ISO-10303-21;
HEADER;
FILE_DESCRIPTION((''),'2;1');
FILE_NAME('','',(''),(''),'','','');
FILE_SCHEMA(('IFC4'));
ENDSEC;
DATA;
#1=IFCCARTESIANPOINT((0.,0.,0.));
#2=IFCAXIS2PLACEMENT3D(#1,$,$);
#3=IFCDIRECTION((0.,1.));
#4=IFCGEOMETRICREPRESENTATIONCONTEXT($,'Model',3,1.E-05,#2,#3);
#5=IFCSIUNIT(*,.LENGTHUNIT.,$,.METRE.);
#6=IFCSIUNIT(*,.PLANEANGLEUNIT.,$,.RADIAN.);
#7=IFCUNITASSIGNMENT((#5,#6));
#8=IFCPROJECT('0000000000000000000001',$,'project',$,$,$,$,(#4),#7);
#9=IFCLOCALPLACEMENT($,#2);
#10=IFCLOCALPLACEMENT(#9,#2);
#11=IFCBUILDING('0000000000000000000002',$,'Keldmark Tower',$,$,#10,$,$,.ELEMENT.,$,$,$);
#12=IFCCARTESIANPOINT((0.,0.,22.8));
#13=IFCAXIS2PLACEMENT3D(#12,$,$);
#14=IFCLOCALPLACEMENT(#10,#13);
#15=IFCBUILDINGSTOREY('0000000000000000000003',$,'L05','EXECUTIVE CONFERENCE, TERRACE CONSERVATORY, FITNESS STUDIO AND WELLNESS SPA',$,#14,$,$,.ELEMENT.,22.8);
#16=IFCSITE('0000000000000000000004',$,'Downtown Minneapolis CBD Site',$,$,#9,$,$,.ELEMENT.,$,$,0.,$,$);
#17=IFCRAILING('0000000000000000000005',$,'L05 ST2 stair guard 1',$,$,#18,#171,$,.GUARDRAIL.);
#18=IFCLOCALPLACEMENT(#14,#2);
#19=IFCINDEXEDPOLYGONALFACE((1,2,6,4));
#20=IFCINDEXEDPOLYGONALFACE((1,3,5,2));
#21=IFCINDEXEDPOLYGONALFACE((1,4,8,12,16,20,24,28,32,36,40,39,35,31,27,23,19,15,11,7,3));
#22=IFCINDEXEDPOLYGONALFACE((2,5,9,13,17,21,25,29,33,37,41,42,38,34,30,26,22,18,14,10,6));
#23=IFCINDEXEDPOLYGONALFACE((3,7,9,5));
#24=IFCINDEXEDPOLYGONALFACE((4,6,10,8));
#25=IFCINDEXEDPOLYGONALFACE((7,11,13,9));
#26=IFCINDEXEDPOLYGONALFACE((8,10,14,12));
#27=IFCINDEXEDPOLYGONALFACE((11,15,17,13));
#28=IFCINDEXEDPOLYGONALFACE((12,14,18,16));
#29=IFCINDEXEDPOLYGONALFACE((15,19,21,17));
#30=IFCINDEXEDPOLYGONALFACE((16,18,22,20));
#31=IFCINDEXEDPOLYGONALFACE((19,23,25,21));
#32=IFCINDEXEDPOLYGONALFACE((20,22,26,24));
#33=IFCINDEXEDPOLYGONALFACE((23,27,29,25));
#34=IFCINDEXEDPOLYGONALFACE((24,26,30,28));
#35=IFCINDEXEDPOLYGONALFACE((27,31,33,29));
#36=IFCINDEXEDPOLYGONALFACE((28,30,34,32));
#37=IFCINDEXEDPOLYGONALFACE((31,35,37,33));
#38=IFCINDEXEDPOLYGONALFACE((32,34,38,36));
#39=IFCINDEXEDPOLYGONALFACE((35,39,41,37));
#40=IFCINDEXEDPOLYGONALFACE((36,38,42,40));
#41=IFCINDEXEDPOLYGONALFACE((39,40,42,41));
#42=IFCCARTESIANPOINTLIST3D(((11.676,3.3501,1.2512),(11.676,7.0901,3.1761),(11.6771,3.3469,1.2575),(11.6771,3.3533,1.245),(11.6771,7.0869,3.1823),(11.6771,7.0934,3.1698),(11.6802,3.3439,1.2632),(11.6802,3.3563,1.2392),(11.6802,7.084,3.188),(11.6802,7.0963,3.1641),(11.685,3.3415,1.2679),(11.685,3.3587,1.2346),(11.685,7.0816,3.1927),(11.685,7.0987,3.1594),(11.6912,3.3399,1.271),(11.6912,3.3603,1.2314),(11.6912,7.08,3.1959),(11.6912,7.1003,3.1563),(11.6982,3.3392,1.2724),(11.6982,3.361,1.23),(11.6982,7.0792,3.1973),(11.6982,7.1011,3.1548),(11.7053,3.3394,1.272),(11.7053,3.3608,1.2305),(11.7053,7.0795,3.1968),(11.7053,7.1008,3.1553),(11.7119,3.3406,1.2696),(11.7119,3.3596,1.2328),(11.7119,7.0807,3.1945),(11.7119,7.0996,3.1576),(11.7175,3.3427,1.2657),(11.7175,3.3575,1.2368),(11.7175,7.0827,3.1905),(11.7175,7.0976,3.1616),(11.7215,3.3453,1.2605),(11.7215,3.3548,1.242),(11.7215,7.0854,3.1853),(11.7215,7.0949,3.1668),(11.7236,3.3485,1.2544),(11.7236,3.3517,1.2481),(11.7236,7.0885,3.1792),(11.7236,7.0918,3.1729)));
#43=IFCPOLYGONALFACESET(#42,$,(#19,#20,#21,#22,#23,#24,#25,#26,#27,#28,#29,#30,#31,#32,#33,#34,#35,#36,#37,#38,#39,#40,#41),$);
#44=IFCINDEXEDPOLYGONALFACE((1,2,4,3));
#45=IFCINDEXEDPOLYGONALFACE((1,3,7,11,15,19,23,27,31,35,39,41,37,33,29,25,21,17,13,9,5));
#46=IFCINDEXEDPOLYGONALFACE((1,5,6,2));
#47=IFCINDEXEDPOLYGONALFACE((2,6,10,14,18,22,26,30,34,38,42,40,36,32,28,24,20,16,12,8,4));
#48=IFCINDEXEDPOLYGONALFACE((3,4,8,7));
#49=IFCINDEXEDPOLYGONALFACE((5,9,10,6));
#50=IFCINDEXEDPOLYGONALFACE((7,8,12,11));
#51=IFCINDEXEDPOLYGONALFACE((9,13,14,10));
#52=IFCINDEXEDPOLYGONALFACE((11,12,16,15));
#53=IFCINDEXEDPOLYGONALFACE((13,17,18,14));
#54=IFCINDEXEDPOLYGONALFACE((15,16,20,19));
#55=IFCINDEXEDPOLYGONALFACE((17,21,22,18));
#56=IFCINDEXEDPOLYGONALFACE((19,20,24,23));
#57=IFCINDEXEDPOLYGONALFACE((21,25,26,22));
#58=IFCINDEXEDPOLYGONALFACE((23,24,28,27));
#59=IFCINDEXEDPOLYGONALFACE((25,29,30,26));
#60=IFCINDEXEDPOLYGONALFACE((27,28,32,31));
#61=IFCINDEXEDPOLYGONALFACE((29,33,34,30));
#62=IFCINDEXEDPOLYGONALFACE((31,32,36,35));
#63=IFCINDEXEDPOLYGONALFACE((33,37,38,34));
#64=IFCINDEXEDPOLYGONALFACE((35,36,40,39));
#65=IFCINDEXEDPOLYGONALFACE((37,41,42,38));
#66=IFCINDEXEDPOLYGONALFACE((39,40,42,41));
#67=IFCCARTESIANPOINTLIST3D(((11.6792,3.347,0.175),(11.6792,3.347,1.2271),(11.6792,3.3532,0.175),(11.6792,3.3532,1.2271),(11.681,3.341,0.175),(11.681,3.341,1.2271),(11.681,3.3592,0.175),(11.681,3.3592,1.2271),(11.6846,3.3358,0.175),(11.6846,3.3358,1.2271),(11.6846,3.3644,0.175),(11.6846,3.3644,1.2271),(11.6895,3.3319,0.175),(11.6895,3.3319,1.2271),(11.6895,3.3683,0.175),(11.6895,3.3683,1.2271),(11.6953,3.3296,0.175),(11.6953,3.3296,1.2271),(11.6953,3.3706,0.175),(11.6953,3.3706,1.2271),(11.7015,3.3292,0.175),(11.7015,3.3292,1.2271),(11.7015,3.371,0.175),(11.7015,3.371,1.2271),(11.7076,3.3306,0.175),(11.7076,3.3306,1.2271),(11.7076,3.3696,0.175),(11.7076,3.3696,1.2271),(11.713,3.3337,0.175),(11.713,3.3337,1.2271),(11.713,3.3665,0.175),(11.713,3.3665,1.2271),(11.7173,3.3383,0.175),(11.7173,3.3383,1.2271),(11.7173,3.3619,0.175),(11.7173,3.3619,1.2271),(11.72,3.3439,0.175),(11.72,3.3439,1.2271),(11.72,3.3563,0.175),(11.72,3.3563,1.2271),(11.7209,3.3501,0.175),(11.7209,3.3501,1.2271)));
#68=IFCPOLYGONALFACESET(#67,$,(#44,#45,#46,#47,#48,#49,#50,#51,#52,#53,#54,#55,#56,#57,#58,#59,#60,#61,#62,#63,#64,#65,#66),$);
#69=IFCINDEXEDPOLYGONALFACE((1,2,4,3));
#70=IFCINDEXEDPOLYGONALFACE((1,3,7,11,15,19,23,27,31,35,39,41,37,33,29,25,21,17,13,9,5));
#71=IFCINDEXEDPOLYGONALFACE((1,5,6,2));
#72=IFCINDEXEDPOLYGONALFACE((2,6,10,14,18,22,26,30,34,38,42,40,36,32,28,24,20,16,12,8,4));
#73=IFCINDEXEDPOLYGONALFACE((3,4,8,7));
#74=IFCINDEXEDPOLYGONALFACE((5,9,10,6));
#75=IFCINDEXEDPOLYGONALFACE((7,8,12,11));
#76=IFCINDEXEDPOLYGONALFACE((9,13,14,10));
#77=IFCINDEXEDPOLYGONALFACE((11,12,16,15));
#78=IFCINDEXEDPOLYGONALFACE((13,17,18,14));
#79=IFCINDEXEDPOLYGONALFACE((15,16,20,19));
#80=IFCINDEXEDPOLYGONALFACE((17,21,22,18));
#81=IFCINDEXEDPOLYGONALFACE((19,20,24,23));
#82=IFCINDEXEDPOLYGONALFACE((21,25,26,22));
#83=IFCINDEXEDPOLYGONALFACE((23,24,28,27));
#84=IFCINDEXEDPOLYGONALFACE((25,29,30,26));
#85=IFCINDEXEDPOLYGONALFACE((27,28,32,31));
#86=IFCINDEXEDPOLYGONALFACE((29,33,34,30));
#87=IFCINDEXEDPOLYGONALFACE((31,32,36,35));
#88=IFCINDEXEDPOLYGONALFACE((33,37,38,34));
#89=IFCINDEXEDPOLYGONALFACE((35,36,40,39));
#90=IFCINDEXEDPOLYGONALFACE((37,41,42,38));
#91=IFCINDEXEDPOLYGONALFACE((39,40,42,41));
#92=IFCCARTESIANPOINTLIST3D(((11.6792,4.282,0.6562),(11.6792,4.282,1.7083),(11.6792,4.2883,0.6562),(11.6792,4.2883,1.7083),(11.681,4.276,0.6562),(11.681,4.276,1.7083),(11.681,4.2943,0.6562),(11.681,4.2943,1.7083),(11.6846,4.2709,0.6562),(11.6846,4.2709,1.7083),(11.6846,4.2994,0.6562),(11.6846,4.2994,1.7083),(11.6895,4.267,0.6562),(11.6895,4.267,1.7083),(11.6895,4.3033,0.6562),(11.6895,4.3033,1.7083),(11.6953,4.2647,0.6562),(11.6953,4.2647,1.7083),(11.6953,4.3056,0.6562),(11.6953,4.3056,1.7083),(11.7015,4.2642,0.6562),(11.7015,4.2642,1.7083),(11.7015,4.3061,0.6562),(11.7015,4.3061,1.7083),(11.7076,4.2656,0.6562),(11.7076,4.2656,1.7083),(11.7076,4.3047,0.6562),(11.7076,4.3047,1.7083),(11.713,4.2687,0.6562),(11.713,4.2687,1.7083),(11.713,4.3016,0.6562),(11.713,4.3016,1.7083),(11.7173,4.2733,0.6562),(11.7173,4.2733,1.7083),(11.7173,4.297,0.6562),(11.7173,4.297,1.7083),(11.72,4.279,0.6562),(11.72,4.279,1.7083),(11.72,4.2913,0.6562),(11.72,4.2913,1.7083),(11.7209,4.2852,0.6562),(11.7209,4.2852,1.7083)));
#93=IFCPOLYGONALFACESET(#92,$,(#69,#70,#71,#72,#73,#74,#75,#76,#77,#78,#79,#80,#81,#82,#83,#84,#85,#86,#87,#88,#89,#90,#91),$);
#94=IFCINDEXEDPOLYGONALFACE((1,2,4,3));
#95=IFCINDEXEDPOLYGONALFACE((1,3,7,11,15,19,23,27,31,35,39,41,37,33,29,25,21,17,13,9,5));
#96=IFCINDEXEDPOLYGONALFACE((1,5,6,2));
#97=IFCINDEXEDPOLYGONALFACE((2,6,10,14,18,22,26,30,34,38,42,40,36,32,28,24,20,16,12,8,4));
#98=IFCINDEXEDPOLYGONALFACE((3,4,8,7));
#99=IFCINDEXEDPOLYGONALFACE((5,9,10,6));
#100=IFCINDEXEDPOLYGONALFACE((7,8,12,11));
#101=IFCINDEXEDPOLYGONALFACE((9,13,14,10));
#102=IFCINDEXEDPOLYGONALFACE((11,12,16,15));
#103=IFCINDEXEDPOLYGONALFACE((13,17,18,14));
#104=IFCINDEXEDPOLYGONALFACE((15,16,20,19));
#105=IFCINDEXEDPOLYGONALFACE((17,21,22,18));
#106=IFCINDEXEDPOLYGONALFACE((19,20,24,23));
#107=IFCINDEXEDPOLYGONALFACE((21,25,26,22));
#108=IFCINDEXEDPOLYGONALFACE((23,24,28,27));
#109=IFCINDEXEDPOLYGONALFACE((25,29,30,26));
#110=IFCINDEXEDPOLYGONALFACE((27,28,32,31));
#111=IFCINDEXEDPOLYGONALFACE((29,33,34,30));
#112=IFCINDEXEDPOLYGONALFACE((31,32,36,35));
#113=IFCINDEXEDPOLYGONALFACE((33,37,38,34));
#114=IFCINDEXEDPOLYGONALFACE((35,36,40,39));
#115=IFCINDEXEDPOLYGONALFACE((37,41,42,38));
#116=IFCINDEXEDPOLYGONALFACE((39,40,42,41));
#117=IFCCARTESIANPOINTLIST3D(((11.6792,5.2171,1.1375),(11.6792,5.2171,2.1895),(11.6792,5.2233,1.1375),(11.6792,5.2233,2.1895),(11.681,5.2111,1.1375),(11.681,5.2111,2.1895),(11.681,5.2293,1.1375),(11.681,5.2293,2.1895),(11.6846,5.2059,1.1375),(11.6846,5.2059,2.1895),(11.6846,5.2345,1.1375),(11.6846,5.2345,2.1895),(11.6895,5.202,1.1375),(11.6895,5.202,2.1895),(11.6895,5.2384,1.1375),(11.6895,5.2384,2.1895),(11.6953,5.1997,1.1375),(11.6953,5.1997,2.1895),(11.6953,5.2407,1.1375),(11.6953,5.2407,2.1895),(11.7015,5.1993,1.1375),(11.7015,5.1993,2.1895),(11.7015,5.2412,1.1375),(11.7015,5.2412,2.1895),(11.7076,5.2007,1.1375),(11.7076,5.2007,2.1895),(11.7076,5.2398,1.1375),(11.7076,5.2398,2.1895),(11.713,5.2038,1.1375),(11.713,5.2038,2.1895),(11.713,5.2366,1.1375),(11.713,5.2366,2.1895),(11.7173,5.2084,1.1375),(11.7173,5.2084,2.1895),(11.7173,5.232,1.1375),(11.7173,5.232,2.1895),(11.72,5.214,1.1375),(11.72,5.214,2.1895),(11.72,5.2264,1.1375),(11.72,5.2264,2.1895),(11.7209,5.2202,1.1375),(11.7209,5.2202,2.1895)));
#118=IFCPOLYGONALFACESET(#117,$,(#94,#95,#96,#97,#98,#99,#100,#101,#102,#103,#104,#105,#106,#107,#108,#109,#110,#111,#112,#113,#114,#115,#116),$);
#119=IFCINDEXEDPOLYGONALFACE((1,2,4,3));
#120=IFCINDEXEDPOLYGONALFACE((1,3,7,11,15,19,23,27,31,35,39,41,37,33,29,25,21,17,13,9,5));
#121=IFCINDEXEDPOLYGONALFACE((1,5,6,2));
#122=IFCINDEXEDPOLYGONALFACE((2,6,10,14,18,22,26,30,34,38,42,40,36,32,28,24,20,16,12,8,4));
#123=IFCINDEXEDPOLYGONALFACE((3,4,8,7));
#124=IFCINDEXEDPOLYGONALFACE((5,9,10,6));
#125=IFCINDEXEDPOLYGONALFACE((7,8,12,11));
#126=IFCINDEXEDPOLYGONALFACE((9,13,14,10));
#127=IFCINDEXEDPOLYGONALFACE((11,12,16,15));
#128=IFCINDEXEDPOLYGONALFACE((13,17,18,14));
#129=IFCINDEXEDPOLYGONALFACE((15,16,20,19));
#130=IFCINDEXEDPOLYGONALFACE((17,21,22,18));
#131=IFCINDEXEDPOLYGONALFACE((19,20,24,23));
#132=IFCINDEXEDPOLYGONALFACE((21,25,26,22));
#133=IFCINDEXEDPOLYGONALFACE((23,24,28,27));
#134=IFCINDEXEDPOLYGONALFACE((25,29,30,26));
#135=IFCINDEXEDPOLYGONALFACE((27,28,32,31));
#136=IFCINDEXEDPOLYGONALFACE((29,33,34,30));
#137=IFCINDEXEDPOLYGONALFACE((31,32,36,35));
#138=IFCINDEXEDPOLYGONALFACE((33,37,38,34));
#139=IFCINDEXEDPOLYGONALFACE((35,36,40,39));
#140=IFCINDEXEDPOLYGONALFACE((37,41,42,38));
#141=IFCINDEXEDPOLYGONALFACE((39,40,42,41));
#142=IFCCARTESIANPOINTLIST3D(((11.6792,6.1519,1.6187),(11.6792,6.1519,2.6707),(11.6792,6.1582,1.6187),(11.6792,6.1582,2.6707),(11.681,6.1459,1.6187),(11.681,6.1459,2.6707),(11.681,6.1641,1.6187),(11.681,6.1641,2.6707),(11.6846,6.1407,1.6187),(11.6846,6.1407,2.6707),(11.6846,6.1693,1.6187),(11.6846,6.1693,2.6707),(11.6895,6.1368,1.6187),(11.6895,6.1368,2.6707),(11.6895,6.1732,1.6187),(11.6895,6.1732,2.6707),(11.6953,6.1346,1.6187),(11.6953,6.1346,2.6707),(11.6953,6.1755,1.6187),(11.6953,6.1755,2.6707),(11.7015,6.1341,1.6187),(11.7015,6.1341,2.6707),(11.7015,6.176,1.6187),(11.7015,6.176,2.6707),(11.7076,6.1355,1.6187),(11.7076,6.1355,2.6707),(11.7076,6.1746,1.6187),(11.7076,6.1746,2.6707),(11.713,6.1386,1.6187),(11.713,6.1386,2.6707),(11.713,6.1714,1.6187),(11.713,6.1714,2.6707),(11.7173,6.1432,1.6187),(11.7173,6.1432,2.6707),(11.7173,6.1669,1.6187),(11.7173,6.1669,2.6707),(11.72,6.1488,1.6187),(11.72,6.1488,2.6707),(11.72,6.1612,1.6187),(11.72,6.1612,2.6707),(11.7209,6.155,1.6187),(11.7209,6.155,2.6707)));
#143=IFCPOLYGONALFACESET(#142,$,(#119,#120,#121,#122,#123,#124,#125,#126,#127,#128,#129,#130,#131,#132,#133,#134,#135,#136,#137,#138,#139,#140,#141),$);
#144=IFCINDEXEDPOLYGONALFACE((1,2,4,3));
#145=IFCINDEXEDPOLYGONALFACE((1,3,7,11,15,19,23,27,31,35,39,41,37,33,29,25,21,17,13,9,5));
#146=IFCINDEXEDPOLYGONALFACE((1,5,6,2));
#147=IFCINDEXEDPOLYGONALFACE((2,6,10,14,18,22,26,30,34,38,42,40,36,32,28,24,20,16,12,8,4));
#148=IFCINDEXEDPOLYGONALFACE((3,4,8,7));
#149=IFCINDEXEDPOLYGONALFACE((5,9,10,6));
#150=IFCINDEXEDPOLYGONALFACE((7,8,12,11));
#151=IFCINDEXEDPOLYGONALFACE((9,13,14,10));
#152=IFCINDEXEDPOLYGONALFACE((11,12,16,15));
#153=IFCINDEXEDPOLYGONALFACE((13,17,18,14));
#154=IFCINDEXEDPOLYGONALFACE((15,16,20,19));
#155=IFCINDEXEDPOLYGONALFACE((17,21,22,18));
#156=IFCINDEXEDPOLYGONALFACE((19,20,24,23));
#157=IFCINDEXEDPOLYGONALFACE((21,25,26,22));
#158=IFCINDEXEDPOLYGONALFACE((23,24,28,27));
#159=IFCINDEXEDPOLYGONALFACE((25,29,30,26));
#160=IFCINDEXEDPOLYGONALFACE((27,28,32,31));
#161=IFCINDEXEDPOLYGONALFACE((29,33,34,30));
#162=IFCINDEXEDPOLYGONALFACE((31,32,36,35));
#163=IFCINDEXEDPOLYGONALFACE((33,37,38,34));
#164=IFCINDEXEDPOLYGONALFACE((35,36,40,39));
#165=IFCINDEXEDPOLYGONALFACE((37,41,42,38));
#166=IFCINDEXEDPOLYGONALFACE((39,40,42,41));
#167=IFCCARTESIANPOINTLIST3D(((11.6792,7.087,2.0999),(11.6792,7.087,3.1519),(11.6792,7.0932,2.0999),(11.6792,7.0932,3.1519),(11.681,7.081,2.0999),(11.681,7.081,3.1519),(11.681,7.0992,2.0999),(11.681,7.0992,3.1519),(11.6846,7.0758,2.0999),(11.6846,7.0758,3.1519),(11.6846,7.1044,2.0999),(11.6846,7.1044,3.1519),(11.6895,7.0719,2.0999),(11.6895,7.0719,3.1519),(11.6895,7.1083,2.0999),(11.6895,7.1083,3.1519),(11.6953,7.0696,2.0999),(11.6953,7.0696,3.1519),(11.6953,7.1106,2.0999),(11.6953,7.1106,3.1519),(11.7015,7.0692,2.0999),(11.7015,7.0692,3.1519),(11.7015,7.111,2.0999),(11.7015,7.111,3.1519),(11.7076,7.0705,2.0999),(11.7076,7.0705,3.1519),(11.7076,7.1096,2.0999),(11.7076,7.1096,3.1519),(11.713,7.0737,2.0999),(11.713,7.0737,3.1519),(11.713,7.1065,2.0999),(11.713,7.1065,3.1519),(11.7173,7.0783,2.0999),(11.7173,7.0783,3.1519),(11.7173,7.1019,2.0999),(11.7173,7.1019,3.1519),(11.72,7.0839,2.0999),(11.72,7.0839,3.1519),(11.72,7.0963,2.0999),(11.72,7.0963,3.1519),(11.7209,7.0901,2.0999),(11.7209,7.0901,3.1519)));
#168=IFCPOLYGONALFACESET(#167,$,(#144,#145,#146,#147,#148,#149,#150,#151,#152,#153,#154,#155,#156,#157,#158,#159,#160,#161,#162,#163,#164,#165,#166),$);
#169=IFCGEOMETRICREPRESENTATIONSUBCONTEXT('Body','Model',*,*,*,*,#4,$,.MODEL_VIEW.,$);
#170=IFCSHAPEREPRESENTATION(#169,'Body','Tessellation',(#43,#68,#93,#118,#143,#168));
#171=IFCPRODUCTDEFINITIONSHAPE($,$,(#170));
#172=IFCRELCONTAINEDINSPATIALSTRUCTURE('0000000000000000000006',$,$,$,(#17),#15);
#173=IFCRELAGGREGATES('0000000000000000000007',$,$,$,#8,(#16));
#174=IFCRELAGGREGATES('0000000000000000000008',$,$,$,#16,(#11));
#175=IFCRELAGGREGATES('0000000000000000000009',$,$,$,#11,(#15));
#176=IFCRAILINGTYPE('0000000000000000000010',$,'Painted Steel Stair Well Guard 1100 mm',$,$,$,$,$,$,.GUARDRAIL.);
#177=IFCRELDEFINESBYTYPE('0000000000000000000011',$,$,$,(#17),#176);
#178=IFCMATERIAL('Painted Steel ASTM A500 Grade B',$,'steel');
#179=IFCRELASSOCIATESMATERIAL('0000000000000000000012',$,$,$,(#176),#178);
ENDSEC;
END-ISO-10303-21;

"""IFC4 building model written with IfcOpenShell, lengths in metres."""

from ifc_helpers import new_model, si_unit, direction, frame, origin, origin_2d, place, context, subcontext, project, spatial, circle, extrude, material, type_object, element, save


model = new_model("IFC4")

# Units and contexts
model_context = context("Model", 3, precision=1e-05, world=origin(), true_north=direction((0.0, 1.0)))
body_context = subcontext(model_context, "Body", "Model", "MODEL_VIEW")
ifc_project = project(units=[si_unit("LENGTHUNIT", "METRE"), si_unit("PLANEANGLEUNIT", "RADIAN")], contexts=[model_context])

# Site, building, storey
site_placement = place(None, origin())
site = spatial("IfcSite", under=ifc_project, at=site_placement, Name="Downtown Minneapolis CBD Site", CompositionType="ELEMENT", RefElevation=0.0)
building_placement = place(site_placement, origin())
building = spatial("IfcBuilding", under=site, at=building_placement, Name="Keldmark Tower", CompositionType="ELEMENT")
storey_placement = place(building_placement, frame((0.0, 0.0, 22.8)))
storey = spatial("IfcBuildingStorey", under=building, at=storey_placement, Name="L05", Description="EXECUTIVE CONFERENCE, TERRACE CONSERVATORY, FITNESS STUDIO AND WELLNESS SPA", CompositionType="ELEMENT", Elevation=22.8)

# Railing
ifc_material_1 = material(Name="Painted Steel ASTM A500 Grade B", Category="steel")
railing_type_1 = type_object("IfcRailingType", Name="Painted Steel Stair Well Guard 1100 mm", PredefinedType="GUARDRAIL", material=ifc_material_1)
railing_1_placement = place(storey_placement, frame((11.7, 3.3501, 0.175)))
element("IfcRailing", 1, at=railing_1_placement, inside=storey, type_object=railing_type_1, Name="L05 ST2 stair guard 1", PredefinedType="GUARDRAIL", context=body_context, shape_type="SweptSolid", body=[
    extrude(circle(Radius=0.0239, at=origin_2d()), frame((0.0, 0.0, 1.0762), z_axis=(0.0, 0.889154, 0.457608), x_axis=(-1.0, 0.0, 0.0)), (0.0, 0.0, 1.0), 4.2063),
    extrude(circle(Radius=0.021, at=origin_2d()), origin(), (0.0, 0.0, 1.0), 1.052),
    extrude(circle(Radius=0.021, at=origin_2d()), frame((0.0, 0.9351, 0.4812)), (0.0, 0.0, 1.0), 1.052),
    extrude(circle(Radius=0.021, at=origin_2d()), frame((0.0, 1.8701, 0.9624)), (0.0, 0.0, 1.0), 1.052),
    extrude(circle(Radius=0.021, at=origin_2d()), frame((0.0, 2.8049, 1.4436)), (0.0, 0.0, 1.0), 1.052),
    extrude(circle(Radius=0.021, at=origin_2d()), frame((0.0, 3.74, 1.9248)), (0.0, 0.0, 1.0), 1.052),
])

save(model, "model.ifc")
